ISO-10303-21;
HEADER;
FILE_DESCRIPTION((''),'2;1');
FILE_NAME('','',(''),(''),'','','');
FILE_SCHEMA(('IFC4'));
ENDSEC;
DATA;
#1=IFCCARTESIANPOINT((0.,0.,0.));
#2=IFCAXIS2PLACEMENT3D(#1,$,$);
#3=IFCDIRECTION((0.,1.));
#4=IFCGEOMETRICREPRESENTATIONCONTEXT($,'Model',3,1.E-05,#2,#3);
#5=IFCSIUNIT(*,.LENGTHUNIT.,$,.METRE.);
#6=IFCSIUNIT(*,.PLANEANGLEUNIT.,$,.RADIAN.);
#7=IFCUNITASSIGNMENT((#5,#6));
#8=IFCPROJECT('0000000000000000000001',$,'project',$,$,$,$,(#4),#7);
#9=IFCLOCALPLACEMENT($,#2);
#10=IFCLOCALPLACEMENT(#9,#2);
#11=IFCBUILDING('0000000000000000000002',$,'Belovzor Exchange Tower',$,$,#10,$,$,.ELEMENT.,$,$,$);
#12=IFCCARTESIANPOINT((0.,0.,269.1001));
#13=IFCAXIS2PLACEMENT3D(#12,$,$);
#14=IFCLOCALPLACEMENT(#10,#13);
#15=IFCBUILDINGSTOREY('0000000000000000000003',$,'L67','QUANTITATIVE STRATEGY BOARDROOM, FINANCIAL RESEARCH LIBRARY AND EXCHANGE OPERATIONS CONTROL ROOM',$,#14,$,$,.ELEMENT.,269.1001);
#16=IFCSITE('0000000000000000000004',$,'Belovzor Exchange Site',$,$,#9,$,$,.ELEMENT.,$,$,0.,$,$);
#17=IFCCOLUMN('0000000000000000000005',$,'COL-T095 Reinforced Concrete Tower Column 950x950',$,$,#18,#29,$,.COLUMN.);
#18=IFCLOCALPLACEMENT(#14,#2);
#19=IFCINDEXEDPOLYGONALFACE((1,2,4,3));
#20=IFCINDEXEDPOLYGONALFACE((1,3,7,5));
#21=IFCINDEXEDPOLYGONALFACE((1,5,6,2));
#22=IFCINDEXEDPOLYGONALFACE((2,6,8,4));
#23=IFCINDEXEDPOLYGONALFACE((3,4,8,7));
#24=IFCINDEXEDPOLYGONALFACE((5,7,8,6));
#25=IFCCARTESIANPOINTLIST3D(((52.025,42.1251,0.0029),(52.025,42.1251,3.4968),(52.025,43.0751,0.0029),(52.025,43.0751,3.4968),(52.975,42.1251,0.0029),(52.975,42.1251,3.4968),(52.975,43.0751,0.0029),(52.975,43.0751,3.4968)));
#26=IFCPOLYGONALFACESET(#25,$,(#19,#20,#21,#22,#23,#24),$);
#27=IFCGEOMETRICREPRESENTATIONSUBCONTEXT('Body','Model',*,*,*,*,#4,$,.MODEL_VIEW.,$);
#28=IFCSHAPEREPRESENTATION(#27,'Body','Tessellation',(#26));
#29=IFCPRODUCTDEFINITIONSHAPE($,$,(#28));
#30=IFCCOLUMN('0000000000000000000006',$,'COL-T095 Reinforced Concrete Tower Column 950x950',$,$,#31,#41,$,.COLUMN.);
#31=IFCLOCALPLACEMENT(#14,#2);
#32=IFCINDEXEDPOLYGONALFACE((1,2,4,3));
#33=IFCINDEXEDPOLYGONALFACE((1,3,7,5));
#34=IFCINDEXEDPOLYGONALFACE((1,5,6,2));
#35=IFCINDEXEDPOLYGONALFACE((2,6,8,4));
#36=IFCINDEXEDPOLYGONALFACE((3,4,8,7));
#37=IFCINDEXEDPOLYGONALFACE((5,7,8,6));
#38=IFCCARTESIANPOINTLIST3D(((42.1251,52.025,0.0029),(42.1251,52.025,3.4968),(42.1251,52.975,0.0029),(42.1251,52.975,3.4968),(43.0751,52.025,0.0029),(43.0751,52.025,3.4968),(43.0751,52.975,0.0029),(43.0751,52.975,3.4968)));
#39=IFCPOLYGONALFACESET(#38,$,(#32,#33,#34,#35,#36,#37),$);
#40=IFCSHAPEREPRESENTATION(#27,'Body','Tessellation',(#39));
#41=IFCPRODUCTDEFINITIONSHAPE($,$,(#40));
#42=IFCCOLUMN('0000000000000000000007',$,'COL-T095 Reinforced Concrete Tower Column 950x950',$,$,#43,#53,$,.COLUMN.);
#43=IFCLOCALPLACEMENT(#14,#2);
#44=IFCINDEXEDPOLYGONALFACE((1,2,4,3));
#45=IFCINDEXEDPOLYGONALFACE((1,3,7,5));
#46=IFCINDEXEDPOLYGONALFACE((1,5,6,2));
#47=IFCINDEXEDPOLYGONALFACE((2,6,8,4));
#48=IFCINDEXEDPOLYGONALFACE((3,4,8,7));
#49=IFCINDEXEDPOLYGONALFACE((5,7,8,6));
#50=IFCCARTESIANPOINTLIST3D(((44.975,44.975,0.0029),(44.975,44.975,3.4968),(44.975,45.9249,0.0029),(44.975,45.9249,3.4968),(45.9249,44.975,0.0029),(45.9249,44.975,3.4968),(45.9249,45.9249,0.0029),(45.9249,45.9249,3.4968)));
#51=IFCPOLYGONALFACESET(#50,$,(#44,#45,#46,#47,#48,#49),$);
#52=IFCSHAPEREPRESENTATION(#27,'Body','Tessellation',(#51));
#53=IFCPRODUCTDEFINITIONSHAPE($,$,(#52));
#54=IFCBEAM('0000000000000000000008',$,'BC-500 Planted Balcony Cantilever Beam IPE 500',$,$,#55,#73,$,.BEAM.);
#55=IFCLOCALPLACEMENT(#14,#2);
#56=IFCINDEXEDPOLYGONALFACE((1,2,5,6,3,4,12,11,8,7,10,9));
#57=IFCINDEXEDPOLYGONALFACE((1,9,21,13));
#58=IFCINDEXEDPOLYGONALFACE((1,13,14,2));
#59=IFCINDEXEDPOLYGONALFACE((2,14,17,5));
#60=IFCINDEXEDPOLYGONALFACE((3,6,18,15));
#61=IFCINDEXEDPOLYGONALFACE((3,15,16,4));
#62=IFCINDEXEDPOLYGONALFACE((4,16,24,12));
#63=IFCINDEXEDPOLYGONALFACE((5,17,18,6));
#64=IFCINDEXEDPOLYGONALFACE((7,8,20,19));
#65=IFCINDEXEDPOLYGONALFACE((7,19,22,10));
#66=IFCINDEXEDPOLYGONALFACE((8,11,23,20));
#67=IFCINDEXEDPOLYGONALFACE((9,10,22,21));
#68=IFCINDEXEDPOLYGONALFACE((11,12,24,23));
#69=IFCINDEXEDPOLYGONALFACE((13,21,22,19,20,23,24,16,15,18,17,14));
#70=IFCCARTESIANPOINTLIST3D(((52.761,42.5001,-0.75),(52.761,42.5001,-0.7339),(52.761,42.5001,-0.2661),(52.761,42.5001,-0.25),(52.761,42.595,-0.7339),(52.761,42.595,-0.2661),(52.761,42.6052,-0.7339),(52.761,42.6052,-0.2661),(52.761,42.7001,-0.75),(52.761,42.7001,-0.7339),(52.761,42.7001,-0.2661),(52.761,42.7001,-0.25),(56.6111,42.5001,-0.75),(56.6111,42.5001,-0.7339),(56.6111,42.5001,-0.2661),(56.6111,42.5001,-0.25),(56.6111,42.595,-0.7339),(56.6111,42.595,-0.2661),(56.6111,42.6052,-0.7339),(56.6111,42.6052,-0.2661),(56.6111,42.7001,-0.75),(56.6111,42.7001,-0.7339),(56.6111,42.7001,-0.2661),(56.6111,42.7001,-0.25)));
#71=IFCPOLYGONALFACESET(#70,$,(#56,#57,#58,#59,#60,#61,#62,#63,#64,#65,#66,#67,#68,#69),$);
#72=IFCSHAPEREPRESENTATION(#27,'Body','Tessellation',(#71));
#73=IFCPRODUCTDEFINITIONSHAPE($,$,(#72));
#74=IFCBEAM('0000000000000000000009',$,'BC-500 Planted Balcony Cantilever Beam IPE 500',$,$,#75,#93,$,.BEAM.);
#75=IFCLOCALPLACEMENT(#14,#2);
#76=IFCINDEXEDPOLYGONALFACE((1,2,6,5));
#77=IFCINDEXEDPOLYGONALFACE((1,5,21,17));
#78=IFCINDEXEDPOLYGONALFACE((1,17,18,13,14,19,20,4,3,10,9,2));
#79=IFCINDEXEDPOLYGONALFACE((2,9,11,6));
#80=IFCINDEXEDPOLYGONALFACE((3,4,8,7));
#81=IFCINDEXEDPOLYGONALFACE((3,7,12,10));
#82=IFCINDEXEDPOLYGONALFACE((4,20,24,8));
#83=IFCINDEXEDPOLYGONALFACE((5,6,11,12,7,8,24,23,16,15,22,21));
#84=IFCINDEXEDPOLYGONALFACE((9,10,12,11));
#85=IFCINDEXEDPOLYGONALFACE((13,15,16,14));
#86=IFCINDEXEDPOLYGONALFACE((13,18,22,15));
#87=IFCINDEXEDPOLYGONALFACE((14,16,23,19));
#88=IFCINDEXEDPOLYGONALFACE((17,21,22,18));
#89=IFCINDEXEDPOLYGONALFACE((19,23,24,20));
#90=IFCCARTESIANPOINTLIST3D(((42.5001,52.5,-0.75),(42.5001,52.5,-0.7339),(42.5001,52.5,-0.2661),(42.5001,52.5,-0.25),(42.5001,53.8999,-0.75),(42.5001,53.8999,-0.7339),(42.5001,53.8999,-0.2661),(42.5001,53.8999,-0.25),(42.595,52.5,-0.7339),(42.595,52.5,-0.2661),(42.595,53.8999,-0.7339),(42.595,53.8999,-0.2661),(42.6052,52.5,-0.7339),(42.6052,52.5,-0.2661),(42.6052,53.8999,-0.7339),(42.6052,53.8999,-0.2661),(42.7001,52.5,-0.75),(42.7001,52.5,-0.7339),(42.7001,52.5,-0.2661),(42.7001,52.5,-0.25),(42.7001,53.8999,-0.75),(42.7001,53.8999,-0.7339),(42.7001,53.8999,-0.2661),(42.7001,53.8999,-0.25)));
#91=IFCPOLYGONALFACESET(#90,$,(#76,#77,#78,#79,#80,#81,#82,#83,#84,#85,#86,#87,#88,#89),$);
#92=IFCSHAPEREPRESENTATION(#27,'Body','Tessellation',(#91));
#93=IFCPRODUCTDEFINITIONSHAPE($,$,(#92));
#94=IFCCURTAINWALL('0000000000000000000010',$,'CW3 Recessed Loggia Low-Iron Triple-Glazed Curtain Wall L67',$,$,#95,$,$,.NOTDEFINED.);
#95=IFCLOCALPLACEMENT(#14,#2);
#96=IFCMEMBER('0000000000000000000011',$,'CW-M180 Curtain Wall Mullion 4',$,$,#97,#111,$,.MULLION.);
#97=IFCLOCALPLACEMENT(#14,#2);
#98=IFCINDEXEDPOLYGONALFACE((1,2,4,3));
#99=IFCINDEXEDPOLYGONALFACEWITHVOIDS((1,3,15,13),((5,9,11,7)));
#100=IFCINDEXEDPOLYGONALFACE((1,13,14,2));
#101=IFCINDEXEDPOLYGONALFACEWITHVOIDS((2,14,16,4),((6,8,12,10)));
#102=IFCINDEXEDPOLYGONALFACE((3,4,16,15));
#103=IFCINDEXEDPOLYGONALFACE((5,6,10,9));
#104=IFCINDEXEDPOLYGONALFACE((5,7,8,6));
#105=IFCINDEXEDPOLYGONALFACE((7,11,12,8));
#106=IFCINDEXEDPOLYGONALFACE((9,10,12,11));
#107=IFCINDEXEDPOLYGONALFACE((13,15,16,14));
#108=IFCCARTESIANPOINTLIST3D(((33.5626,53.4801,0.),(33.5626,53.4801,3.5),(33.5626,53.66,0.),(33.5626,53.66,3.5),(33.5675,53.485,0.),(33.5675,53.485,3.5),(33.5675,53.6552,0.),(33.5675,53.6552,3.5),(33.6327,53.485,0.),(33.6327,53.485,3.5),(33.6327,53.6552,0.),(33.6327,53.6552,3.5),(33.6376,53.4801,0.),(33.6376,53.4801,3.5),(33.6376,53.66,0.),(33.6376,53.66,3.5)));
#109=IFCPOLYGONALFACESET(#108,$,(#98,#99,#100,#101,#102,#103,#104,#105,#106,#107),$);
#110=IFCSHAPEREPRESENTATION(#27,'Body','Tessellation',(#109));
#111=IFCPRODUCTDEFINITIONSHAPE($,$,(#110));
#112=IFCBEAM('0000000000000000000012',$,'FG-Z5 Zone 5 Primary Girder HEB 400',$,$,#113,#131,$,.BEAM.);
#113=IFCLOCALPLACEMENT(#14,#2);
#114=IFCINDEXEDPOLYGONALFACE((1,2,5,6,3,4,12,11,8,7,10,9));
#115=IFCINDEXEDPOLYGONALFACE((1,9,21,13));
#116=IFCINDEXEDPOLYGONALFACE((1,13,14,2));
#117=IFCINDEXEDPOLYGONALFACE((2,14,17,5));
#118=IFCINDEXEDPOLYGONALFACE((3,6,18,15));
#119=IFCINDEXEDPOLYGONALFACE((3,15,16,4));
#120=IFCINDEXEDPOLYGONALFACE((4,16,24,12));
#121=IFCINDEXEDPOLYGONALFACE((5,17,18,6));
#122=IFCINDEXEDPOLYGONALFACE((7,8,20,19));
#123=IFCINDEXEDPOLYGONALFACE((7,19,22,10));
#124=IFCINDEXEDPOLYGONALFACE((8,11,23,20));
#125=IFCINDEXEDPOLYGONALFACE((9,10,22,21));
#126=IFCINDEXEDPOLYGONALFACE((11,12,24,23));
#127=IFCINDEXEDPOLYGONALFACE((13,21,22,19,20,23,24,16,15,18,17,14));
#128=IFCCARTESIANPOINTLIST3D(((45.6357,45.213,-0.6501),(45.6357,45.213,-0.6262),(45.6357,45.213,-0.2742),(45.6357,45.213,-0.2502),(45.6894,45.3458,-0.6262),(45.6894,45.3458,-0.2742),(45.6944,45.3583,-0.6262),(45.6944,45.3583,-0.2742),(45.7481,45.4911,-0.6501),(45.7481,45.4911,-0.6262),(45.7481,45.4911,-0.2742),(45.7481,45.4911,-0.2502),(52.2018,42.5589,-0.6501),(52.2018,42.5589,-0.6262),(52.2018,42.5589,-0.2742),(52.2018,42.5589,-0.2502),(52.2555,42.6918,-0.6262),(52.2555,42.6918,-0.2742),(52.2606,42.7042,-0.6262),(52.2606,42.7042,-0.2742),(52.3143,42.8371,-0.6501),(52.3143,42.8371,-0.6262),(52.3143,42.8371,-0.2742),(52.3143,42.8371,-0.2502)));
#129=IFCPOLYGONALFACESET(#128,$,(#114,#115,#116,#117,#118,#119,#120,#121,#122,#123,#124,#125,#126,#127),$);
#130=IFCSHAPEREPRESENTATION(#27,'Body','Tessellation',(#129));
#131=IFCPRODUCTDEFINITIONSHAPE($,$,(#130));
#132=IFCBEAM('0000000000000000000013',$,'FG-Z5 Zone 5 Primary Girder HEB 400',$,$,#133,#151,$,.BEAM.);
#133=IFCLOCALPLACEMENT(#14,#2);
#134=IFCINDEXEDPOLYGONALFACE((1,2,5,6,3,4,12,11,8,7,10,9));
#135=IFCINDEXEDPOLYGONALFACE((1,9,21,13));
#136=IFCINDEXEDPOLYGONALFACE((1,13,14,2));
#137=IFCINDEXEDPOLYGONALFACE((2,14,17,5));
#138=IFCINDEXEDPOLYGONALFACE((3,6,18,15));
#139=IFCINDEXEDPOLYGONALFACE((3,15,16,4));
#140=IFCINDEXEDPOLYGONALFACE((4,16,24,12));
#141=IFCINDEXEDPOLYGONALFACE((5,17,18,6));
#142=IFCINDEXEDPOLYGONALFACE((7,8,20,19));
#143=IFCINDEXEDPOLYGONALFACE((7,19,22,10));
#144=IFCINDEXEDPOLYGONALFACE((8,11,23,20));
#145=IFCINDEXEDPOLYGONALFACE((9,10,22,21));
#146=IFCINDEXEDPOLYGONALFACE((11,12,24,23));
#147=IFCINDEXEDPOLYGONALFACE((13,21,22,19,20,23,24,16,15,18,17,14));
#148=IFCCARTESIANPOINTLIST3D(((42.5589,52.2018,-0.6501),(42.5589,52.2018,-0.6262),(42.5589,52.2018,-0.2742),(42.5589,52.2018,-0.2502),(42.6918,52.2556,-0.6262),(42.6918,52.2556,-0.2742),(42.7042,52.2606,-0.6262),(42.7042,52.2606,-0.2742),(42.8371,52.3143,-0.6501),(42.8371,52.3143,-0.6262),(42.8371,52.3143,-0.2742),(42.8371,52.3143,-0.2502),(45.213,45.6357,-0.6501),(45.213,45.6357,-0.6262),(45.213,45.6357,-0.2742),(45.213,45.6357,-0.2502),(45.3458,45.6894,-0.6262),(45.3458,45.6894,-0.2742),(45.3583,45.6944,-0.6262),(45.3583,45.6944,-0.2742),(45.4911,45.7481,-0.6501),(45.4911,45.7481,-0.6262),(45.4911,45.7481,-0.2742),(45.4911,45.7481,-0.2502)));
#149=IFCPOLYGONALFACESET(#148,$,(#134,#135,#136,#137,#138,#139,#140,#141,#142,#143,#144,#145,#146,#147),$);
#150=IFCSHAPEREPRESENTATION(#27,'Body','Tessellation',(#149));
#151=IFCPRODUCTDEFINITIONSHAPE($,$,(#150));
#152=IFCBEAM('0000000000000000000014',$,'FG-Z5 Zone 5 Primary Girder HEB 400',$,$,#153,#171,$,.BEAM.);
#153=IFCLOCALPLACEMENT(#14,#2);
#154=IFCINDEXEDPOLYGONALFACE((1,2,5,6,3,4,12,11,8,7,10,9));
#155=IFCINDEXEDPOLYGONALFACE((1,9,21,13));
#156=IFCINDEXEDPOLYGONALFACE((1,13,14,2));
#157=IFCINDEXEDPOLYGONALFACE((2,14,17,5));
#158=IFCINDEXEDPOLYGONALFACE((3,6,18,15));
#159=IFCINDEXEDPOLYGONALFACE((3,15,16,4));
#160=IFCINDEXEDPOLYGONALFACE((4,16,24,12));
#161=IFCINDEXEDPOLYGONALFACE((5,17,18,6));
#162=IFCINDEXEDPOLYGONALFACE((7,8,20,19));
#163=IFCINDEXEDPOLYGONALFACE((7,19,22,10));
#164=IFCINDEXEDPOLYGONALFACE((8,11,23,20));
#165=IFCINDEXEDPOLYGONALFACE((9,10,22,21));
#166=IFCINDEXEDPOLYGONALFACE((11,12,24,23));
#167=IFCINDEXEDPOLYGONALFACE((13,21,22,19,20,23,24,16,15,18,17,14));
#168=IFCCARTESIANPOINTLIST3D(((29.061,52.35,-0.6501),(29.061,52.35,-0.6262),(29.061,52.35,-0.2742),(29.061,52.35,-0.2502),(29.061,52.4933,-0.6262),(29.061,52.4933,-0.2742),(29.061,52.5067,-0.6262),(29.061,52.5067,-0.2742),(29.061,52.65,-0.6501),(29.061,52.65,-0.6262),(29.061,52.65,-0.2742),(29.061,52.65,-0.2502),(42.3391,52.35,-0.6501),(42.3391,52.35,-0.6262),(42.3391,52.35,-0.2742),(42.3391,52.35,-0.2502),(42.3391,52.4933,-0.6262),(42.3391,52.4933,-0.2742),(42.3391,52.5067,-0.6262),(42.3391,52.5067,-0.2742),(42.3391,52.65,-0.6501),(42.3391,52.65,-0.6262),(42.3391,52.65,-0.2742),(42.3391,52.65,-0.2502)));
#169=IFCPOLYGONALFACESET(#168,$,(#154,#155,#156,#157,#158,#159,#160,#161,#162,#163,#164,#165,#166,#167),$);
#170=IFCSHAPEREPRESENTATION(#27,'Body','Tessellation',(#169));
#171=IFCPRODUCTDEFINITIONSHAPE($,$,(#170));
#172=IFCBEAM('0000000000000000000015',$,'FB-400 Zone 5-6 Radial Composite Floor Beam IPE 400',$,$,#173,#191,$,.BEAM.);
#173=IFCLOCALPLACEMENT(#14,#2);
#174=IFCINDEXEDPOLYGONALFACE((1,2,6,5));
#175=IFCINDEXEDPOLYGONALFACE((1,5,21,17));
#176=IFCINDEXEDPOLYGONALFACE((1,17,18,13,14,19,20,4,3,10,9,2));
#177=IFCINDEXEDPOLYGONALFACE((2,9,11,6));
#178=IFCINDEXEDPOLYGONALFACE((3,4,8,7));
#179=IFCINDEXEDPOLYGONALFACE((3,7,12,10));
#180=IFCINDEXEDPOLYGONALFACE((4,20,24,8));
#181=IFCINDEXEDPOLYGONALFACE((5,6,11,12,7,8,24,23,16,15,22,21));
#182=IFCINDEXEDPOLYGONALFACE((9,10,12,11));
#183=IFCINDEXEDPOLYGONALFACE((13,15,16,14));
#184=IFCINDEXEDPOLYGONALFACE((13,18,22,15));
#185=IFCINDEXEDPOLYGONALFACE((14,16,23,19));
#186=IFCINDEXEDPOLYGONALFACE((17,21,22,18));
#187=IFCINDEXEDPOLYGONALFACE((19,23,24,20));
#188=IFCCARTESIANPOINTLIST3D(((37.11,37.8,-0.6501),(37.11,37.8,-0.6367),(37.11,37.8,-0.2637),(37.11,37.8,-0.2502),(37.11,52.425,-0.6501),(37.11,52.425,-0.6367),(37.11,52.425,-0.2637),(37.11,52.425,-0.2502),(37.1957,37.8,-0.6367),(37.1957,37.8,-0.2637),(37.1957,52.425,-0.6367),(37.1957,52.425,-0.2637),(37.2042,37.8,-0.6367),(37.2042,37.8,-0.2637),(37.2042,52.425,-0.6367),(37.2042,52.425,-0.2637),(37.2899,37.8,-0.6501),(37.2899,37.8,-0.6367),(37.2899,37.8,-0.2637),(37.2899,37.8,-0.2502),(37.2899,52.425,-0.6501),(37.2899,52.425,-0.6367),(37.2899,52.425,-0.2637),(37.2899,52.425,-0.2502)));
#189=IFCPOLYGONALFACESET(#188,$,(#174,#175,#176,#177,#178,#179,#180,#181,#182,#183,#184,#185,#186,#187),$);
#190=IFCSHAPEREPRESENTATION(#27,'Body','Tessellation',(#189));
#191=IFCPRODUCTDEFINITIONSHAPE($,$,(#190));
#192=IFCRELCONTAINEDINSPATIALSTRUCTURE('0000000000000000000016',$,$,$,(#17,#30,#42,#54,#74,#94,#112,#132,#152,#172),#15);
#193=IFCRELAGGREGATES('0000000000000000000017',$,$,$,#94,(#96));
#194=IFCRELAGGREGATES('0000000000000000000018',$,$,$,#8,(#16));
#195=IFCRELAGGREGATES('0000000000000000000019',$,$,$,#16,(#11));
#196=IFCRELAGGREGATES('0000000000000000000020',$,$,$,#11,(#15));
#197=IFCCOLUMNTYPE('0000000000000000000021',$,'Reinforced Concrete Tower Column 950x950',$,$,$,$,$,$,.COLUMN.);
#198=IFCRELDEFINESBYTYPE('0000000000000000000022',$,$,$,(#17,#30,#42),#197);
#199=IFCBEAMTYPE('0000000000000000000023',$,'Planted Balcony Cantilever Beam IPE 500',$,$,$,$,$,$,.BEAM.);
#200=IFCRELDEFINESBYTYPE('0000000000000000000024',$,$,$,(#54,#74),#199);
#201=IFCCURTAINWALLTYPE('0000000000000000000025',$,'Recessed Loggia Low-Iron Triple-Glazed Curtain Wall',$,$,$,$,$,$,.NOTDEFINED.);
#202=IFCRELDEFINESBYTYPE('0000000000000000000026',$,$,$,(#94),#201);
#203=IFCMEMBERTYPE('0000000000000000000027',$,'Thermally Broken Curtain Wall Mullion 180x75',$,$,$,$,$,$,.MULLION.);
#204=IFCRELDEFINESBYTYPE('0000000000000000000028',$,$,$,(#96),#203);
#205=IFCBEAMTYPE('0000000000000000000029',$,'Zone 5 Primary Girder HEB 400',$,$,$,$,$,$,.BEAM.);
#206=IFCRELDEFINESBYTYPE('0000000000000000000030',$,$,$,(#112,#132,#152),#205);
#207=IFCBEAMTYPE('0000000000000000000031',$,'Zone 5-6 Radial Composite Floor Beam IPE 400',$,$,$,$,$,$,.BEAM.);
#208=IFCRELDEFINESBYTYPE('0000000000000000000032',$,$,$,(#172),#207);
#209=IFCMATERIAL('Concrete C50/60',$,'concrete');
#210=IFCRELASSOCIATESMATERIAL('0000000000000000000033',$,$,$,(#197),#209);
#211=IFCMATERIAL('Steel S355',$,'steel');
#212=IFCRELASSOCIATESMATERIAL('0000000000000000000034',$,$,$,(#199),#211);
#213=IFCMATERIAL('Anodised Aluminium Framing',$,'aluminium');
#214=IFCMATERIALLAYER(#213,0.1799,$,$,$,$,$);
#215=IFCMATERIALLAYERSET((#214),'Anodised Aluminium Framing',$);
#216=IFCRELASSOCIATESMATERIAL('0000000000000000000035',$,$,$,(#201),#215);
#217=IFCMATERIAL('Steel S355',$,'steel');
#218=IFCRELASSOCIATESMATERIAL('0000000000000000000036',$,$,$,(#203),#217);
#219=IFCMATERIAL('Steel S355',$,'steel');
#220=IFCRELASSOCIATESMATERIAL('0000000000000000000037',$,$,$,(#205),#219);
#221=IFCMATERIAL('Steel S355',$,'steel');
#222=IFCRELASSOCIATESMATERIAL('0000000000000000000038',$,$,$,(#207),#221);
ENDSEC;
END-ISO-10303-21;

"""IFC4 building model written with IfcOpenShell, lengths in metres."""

from ifc_helpers import new_model, si_unit, direction, frame, origin, origin_2d, place, context, subcontext, project, spatial, rectangle, hollow_rectangle, i_section, extrude, material, layer, layer_set, material_profile, profile_set, type_object, element, aggregate, save


model = new_model("IFC4")

# Units and contexts
model_context = context("Model", 3, precision=1e-05, world=origin(), true_north=direction((0.0, 1.0)))
body_context = subcontext(model_context, "Body", "Model", "MODEL_VIEW")
ifc_project = project(units=[si_unit("LENGTHUNIT", "METRE"), si_unit("PLANEANGLEUNIT", "RADIAN")], contexts=[model_context])

# Site, building, storey
site_placement = place(None, origin())
site = spatial("IfcSite", under=ifc_project, at=site_placement, Name="Belovzor Exchange Site", CompositionType="ELEMENT", RefElevation=0.0)
building_placement = place(site_placement, origin())
building = spatial("IfcBuilding", under=site, at=building_placement, Name="Belovzor Exchange Tower", CompositionType="ELEMENT")
storey_placement = place(building_placement, frame((0.0, 0.0, 269.1001)))
storey = spatial("IfcBuildingStorey", under=building, at=storey_placement, Name="L67", Description="QUANTITATIVE STRATEGY BOARDROOM, FINANCIAL RESEARCH LIBRARY AND EXCHANGE OPERATIONS CONTROL ROOM", CompositionType="ELEMENT", Elevation=269.1001)

# Columns
ifc_material_1 = material(Name="Concrete C50/60", Category="concrete")
ifc_material_profile_1 = material_profile(ifc_material_1, rectangle(XDim=0.95, YDim=0.95, at=origin_2d()))
ifc_profile_set_1 = profile_set([ifc_material_profile_1], Name="Concrete C50/60")
column_type = type_object("IfcColumnType", Name="Reinforced Concrete Tower Column 950x950", PredefinedType="COLUMN", material=ifc_profile_set_1)
for number, where, z_axis, x_axis, name in (
    (1, (52.5, 42.6001, 0.0029), (0.0, 0.0, 1.0), (1.0, 0.0, 0.0), "COL-T095 Reinforced Concrete Tower Column 950x950"),
    (2, (42.6001, 52.5, 0.0029), (0.0, 0.0, 1.0), (1.0, 0.0, 0.0), "COL-T095 Reinforced Concrete Tower Column 950x950"),
    (3, (45.45, 45.45, 0.0029), (0.0, 0.0, 1.0), (1.0, 0.0, 0.0), "COL-T095 Reinforced Concrete Tower Column 950x950"),
):
    element("IfcColumn", number, at=place(storey_placement, frame(where, z_axis=z_axis, x_axis=x_axis)), inside=storey, type_object=column_type, Name=name, PredefinedType="COLUMN", context=body_context, shape_type="SweptSolid", body=[
        extrude(rectangle(XDim=0.95, YDim=0.95, at=origin_2d()), origin(), (0.0, 0.0, 1.0), 3.4939),
    ])

# Beams
ifc_material_2 = material(Name="Steel S355", Category="steel")
ifc_material_profile_2 = material_profile(ifc_material_2, i_section(OverallWidth=0.2, OverallDepth=0.5, WebThickness=0.0103, FlangeThickness=0.0161, at=origin_2d()))
ifc_profile_set_2 = profile_set([ifc_material_profile_2], Name="Steel S355")
beam_type_1 = type_object("IfcBeamType", Name="Planted Balcony Cantilever Beam IPE 500", PredefinedType="BEAM", material=ifc_profile_set_2)
beam_1_placement = place(storey_placement, frame((52.761, 42.6001, -0.5), z_axis=(1.0, 0.0, 0.0), x_axis=(0.0, 1.0, 0.0)))
element("IfcBeam", 4, at=beam_1_placement, inside=storey, type_object=beam_type_1, Name="BC-500 Planted Balcony Cantilever Beam IPE 500", PredefinedType="BEAM", context=body_context, shape_type="SweptSolid", body=[
    extrude(i_section(OverallWidth=0.2, OverallDepth=0.5, WebThickness=0.0103, FlangeThickness=0.0161, at=origin_2d()), origin(), (0.0, 0.0, 1.0), 3.8501),
])
beam_2_placement = place(storey_placement, frame((42.6001, 52.5, -0.5), z_axis=(0.0, 1.0, 0.0), x_axis=(-1.0, 0.0, 0.0)))
element("IfcBeam", 5, at=beam_2_placement, inside=storey, type_object=beam_type_1, Name="BC-500 Planted Balcony Cantilever Beam IPE 500", PredefinedType="BEAM", context=body_context, shape_type="SweptSolid", body=[
    extrude(i_section(OverallWidth=0.2, OverallDepth=0.5, WebThickness=0.0103, FlangeThickness=0.0161, at=origin_2d()), origin(), (0.0, 0.0, 1.0), 1.3999),
])

# Curtain wall, member
ifc_material_3 = material(Name="Anodised Aluminium Framing", Category="aluminium")
ifc_layer_1 = layer(ifc_material_3, 0.1799)
ifc_layer_set_1 = layer_set([ifc_layer_1], Name="Anodised Aluminium Framing")
curtain_wall_type = type_object("IfcCurtainWallType", Name="Recessed Loggia Low-Iron Triple-Glazed Curtain Wall", PredefinedType="NOTDEFINED", material=ifc_layer_set_1)
curtain_wall_placement = place(storey_placement, origin())
curtain_wall = element("IfcCurtainWall", 6, at=curtain_wall_placement, inside=storey, type_object=curtain_wall_type, Name="CW3 Recessed Loggia Low-Iron Triple-Glazed Curtain Wall L67", PredefinedType="NOTDEFINED")
ifc_material_4 = material(Name="Steel S355", Category="steel")
ifc_material_profile_3 = material_profile(ifc_material_4, hollow_rectangle(XDim=0.075, YDim=0.1799, WallThickness=0.0049, at=origin_2d()))
ifc_profile_set_3 = profile_set([ifc_material_profile_3], Name="Steel S355")
member_type = type_object("IfcMemberType", Name="Thermally Broken Curtain Wall Mullion 180x75", PredefinedType="MULLION", material=ifc_profile_set_3)
member_placement = place(storey_placement, frame((33.6001, 53.5701, 0.0), z_axis=(0.0, 0.0, 1.0), x_axis=(1.0, 0.0, 0.0)))
member = element("IfcMember", 7, at=member_placement, type_object=member_type, Name="CW-M180 Curtain Wall Mullion 4", PredefinedType="MULLION", context=body_context, shape_type="SweptSolid", body=[
    extrude(hollow_rectangle(XDim=0.075, YDim=0.1799, WallThickness=0.0049, at=origin_2d()), origin(), (0.0, 0.0, 1.0), 3.5),
])
aggregate(curtain_wall, [member])

# Beams
ifc_material_5 = material(Name="Steel S355", Category="steel")
ifc_material_profile_4 = material_profile(ifc_material_5, i_section(OverallWidth=0.3, OverallDepth=0.3999, WebThickness=0.0134, FlangeThickness=0.0239, at=origin_2d()))
ifc_profile_set_4 = profile_set([ifc_material_profile_4], Name="Steel S355")
beam_type_2 = type_object("IfcBeamType", Name="Zone 5 Primary Girder HEB 400", PredefinedType="BEAM", material=ifc_profile_set_4)
for number, where, z_axis, x_axis, name in (
    (8, (52.2581, 42.698, -0.4502), (-0.927127, 0.374746, 0.0), (-0.374746, -0.927127, 0.0), "FG-Z5 Zone 5 Primary Girder HEB 400"),
    (9, (45.3521, 45.6919, -0.4502), (-0.374746, 0.927127, 0.0), (-0.927127, -0.374746, 0.0), "FG-Z5 Zone 5 Primary Girder HEB 400"),
):
    element("IfcBeam", number, at=place(storey_placement, frame(where, z_axis=z_axis, x_axis=x_axis)), inside=storey, type_object=beam_type_2, Name=name, PredefinedType="BEAM", context=body_context, shape_type="SweptSolid", body=[
        extrude(i_section(OverallWidth=0.3, OverallDepth=0.3999, WebThickness=0.0134, FlangeThickness=0.0239, at=origin_2d()), origin(), (0.0, 0.0, 1.0), 7.0823),
    ])
beam_3_placement = place(storey_placement, frame((42.3391, 52.5, -0.4502), z_axis=(-1.0, 0.0, 0.0), x_axis=(0.0, -1.0, 0.0)))
element("IfcBeam", 10, at=beam_3_placement, inside=storey, type_object=beam_type_2, Name="FG-Z5 Zone 5 Primary Girder HEB 400", PredefinedType="BEAM", context=body_context, shape_type="SweptSolid", body=[
    extrude(i_section(OverallWidth=0.3, OverallDepth=0.3999, WebThickness=0.0134, FlangeThickness=0.0239, at=origin_2d()), origin(), (0.0, 0.0, 1.0), 13.2781),
])
ifc_material_6 = material(Name="Steel S355", Category="steel")
ifc_material_profile_5 = material_profile(ifc_material_6, i_section(OverallWidth=0.1799, OverallDepth=0.3999, WebThickness=0.0085, FlangeThickness=0.0134, at=origin_2d()))
ifc_profile_set_5 = profile_set([ifc_material_profile_5], Name="Steel S355")
beam_type_3 = type_object("IfcBeamType", Name="Zone 5-6 Radial Composite Floor Beam IPE 400", PredefinedType="BEAM", material=ifc_profile_set_5)
beam_4_placement = place(storey_placement, frame((37.2, 37.8, -0.4502), z_axis=(0.0, 1.0, 0.0), x_axis=(-1.0, 0.0, 0.0)))
element("IfcBeam", 11, at=beam_4_placement, inside=storey, type_object=beam_type_3, Name="FB-400 Zone 5-6 Radial Composite Floor Beam IPE 400", PredefinedType="BEAM", context=body_context, shape_type="SweptSolid", body=[
    extrude(i_section(OverallWidth=0.1799, OverallDepth=0.3999, WebThickness=0.0085, FlangeThickness=0.0134, at=origin_2d()), origin(), (0.0, 0.0, 1.0), 14.625),
])

save(model, "model.ifc")
